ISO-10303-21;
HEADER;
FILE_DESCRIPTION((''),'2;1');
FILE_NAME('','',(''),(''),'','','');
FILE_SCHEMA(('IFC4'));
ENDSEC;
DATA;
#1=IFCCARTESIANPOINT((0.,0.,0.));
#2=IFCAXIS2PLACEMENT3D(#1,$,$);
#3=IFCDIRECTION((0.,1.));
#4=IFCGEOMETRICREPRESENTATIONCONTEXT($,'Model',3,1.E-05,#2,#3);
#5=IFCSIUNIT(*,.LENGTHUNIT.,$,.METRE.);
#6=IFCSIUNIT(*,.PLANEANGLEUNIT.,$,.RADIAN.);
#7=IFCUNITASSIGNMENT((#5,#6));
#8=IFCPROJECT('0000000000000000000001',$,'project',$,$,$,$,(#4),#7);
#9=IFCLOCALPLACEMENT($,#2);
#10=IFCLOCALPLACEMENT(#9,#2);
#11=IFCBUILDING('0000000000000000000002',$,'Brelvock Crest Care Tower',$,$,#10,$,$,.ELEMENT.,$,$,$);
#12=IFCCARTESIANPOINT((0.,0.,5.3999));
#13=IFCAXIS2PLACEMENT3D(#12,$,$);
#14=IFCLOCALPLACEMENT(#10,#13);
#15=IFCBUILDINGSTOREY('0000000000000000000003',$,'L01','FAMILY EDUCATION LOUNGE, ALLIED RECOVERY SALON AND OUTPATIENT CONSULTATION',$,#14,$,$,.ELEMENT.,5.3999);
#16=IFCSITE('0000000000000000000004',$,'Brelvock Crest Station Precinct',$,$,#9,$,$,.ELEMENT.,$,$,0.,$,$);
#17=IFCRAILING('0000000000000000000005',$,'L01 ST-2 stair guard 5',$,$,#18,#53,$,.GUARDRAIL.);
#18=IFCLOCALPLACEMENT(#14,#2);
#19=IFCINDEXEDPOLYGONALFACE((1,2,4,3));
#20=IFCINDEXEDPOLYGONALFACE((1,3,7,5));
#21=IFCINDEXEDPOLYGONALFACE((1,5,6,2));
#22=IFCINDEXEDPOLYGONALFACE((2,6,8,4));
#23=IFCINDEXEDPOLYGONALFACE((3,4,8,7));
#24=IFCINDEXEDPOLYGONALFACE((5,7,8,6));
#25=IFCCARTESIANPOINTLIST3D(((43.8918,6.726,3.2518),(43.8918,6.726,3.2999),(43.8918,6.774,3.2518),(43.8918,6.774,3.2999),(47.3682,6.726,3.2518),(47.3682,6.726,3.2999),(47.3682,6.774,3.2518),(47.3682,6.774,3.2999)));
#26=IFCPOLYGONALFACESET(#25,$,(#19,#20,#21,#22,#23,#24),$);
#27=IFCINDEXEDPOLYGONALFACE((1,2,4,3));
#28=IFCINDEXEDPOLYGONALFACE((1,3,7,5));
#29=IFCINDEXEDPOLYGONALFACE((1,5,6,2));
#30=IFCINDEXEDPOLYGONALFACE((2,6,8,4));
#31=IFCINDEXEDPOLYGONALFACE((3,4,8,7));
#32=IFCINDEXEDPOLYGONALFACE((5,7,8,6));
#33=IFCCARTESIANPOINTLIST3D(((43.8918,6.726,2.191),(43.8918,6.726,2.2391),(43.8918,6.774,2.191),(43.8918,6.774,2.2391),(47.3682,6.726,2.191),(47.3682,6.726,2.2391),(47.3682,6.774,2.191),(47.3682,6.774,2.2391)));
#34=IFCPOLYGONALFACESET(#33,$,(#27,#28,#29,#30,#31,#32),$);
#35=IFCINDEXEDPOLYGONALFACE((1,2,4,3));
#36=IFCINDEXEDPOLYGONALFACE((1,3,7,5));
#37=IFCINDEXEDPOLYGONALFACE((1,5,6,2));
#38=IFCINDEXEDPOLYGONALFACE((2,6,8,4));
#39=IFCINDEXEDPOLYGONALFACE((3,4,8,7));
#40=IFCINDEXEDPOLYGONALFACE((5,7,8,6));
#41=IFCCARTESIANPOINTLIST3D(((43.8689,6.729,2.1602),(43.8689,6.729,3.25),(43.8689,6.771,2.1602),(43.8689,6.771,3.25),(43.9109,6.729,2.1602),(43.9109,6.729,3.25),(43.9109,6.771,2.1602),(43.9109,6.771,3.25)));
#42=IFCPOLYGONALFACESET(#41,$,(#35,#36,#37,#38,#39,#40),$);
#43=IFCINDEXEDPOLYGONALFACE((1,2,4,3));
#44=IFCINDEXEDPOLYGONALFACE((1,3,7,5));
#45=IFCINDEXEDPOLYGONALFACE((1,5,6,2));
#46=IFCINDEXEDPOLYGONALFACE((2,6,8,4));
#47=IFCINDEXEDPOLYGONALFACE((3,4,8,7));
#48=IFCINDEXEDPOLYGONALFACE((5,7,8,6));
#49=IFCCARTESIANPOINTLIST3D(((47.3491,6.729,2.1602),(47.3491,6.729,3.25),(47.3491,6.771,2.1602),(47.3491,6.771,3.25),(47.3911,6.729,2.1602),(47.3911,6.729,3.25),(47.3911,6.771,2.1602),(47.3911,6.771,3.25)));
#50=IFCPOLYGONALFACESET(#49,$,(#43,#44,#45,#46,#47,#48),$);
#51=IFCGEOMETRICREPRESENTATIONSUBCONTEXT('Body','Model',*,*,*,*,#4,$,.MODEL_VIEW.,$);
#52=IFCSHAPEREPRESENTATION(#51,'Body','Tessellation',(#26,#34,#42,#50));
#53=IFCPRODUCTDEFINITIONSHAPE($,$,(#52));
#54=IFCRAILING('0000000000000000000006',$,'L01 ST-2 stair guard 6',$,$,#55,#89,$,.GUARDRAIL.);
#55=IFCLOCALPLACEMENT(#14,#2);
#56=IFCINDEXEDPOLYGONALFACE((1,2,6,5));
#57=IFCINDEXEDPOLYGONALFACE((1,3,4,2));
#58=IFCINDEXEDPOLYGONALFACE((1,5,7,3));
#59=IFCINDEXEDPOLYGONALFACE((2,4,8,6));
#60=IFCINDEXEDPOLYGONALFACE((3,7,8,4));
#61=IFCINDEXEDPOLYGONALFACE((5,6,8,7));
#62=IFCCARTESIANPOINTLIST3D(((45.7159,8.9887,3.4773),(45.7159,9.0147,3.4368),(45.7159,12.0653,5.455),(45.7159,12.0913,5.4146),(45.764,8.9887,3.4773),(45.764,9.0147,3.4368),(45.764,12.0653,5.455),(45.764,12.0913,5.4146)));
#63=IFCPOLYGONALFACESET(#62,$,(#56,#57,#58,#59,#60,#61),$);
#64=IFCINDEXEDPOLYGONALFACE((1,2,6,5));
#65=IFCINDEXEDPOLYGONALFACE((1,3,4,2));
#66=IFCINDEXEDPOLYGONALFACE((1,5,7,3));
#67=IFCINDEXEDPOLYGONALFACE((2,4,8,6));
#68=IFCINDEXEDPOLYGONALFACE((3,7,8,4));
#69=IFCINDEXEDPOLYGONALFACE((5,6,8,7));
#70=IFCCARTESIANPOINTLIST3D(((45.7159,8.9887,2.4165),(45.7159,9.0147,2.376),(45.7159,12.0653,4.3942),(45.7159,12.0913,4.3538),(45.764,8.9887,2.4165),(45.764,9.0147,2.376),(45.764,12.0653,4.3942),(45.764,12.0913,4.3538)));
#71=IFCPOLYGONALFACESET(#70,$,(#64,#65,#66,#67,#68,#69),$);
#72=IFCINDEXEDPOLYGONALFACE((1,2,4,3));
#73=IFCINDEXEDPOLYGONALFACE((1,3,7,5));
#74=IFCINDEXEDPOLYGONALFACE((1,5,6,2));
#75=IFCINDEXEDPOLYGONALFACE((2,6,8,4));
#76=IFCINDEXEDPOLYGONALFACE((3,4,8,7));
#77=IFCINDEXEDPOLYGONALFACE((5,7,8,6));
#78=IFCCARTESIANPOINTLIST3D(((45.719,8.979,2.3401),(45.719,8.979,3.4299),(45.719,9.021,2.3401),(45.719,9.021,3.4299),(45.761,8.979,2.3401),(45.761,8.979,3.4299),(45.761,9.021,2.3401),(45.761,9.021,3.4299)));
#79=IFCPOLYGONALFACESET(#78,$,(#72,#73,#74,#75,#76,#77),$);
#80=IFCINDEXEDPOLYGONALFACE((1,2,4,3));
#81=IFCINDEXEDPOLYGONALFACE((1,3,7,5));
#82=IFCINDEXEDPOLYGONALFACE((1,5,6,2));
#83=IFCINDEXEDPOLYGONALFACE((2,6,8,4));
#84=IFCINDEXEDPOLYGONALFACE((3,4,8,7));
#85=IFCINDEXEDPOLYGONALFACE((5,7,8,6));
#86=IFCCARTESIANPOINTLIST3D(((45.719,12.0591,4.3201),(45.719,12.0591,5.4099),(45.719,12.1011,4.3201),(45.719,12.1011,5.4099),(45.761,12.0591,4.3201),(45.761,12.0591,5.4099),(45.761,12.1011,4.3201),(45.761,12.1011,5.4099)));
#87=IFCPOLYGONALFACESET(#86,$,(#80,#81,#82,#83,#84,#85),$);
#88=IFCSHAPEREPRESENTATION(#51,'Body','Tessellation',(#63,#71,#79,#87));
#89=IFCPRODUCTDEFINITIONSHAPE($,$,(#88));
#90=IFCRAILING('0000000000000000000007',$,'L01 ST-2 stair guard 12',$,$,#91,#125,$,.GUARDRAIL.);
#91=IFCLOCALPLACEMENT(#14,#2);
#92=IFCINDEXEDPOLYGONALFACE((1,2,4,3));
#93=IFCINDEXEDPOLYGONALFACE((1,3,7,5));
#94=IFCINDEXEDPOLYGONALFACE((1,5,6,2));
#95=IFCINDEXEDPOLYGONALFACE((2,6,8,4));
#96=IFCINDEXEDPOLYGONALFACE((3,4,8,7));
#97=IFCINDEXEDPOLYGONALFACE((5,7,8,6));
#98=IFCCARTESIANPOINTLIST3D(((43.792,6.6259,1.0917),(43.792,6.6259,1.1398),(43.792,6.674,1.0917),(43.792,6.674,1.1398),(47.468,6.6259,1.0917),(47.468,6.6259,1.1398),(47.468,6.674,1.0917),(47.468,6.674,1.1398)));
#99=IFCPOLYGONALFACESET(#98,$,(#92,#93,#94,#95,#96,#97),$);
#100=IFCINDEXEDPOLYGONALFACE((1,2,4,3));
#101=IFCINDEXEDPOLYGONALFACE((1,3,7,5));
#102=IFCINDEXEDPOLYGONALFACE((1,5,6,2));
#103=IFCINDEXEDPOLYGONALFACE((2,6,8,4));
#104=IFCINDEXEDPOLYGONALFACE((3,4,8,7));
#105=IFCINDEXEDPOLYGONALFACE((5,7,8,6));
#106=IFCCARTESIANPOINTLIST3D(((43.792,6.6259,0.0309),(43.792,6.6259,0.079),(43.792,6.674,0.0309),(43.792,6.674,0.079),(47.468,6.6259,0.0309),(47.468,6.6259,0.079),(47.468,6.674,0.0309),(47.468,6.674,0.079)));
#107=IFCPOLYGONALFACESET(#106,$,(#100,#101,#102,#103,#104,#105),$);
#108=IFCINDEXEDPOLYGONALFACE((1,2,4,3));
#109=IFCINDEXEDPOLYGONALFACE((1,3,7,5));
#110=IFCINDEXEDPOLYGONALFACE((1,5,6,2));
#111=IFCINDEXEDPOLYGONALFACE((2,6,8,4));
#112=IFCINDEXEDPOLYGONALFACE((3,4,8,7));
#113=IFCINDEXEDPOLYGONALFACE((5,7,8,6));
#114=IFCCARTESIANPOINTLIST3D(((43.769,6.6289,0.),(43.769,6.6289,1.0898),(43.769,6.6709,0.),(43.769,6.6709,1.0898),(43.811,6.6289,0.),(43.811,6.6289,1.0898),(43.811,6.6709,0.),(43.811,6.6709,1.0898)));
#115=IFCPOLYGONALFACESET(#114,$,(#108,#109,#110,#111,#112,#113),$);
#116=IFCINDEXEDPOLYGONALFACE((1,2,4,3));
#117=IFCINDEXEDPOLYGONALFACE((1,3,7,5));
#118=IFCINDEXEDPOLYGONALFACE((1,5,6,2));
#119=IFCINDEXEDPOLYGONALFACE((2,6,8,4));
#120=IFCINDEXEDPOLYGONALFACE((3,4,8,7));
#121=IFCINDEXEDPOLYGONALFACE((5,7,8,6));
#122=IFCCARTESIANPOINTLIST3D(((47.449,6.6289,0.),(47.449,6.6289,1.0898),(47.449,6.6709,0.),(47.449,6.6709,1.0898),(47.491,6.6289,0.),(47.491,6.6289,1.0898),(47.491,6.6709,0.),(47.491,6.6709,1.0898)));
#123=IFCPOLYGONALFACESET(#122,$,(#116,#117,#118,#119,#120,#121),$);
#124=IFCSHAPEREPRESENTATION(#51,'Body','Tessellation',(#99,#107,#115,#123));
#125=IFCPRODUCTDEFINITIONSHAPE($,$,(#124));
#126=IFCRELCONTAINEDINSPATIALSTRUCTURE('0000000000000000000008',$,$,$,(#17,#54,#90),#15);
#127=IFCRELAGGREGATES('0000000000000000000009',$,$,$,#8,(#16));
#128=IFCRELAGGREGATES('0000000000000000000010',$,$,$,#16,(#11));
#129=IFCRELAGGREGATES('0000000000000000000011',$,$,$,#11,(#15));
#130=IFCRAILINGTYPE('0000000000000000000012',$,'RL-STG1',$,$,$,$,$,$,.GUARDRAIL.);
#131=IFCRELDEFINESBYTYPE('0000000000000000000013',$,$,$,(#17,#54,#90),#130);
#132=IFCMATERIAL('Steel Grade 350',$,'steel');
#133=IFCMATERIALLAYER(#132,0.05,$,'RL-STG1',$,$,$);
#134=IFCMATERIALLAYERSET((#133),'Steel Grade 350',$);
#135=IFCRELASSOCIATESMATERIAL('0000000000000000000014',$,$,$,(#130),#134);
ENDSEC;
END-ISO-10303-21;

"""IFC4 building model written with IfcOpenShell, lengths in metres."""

from ifc_helpers import new_model, si_unit, direction, frame, origin, origin_2d, place, context, subcontext, project, spatial, rectangle, extrude, material, layer, layer_set, type_object, element, save


model = new_model("IFC4")

# Units and contexts
model_context = context("Model", 3, precision=1e-05, world=origin(), true_north=direction((0.0, 1.0)))
body_context = subcontext(model_context, "Body", "Model", "MODEL_VIEW")
ifc_project = project(units=[si_unit("LENGTHUNIT", "METRE"), si_unit("PLANEANGLEUNIT", "RADIAN")], contexts=[model_context])

# Site, building, storey
site_placement = place(None, origin())
site = spatial("IfcSite", under=ifc_project, at=site_placement, Name="Brelvock Crest Station Precinct", CompositionType="ELEMENT", RefElevation=0.0)
building_placement = place(site_placement, origin())
building = spatial("IfcBuilding", under=site, at=building_placement, Name="Brelvock Crest Care Tower", CompositionType="ELEMENT")
storey_placement = place(building_placement, frame((0.0, 0.0, 5.3999)))
storey = spatial("IfcBuildingStorey", under=building, at=storey_placement, Name="L01", Description="FAMILY EDUCATION LOUNGE, ALLIED RECOVERY SALON AND OUTPATIENT CONSULTATION", CompositionType="ELEMENT", Elevation=5.3999)

# Shared definitions
ifc_material_1 = material(Name="Steel Grade 350", Category="steel")

# Railings
ifc_layer_1 = layer(ifc_material_1, 0.05, Name="RL-STG1")
ifc_layer_set_1 = layer_set([ifc_layer_1], Name="Steel Grade 350")
railing_type = type_object("IfcRailingType", Name="RL-STG1", PredefinedType="GUARDRAIL", material=ifc_layer_set_1)
railing_1_placement = place(storey_placement, frame((43.8899, 6.75, 2.1602)))
element("IfcRailing", 1, at=railing_1_placement, inside=storey, type_object=railing_type, Name="L01 ST-2 stair guard 5", PredefinedType="GUARDRAIL", context=body_context, shape_type="SweptSolid", body=[
    extrude(rectangle(XDim=0.0481, YDim=0.0481, at=origin_2d()), frame((0.002, 0.0, 1.1157), z_axis=(1.0, 0.0, 0.0), x_axis=(0.0, 1.0, 0.0)), (0.0, 0.0, 1.0), 3.4763),
    extrude(rectangle(XDim=0.0481, YDim=0.0481, at=origin_2d()), frame((0.002, 0.0, 0.0549), z_axis=(1.0, 0.0, 0.0), x_axis=(0.0, 1.0, 0.0)), (0.0, 0.0, 1.0), 3.4763),
    extrude(rectangle(XDim=0.042, YDim=0.042, at=origin_2d()), origin(), (0.0, 0.0, 1.0), 1.0898),
    extrude(rectangle(XDim=0.042, YDim=0.042, at=origin_2d()), frame((3.4802, 0.0, 0.0)), (0.0, 0.0, 1.0), 1.0898),
])
railing_2_placement = place(storey_placement, frame((45.74, 9.0, 2.3401)))
element("IfcRailing", 2, at=railing_2_placement, inside=storey, type_object=railing_type, Name="L01 ST-2 stair guard 6", PredefinedType="GUARDRAIL", context=body_context, shape_type="SweptSolid", body=[
    extrude(rectangle(XDim=0.0481, YDim=0.0481, at=origin_2d()), frame((0.0, 0.0017, 1.1169), z_axis=(0.0, 0.841187, 0.540744), x_axis=(-1.0, 0.0, 0.0)), (0.0, 0.0, 1.0), 3.6575),
    extrude(rectangle(XDim=0.0481, YDim=0.0481, at=origin_2d()), frame((0.0, 0.0017, 0.0562), z_axis=(0.0, 0.841187, 0.540744), x_axis=(-1.0, 0.0, 0.0)), (0.0, 0.0, 1.0), 3.6575),
    extrude(rectangle(XDim=0.042, YDim=0.042, at=origin_2d()), origin(), (0.0, 0.0, 1.0), 1.0898),
    extrude(rectangle(XDim=0.042, YDim=0.042, at=origin_2d()), frame((0.0, 3.0801, 1.98)), (0.0, 0.0, 1.0), 1.0898),
])
railing_3_placement = place(storey_placement, frame((43.79, 6.6499, 0.0)))
element("IfcRailing", 3, at=railing_3_placement, inside=storey, type_object=railing_type, Name="L01 ST-2 stair guard 12", PredefinedType="GUARDRAIL", context=body_context, shape_type="SweptSolid", body=[
    extrude(rectangle(XDim=0.0481, YDim=0.0481, at=origin_2d()), frame((0.002, 0.0, 1.1157), z_axis=(1.0, 0.0, 0.0), x_axis=(0.0, 1.0, 0.0)), (0.0, 0.0, 1.0), 3.676),
    extrude(rectangle(XDim=0.0481, YDim=0.0481, at=origin_2d()), frame((0.002, 0.0, 0.0549), z_axis=(1.0, 0.0, 0.0), x_axis=(0.0, 1.0, 0.0)), (0.0, 0.0, 1.0), 3.676),
    extrude(rectangle(XDim=0.042, YDim=0.042, at=origin_2d()), origin(), (0.0, 0.0, 1.0), 1.0898),
    extrude(rectangle(XDim=0.042, YDim=0.042, at=origin_2d()), frame((3.6799, 0.0, 0.0)), (0.0, 0.0, 1.0), 1.0898),
])

save(model, "model.ifc")
